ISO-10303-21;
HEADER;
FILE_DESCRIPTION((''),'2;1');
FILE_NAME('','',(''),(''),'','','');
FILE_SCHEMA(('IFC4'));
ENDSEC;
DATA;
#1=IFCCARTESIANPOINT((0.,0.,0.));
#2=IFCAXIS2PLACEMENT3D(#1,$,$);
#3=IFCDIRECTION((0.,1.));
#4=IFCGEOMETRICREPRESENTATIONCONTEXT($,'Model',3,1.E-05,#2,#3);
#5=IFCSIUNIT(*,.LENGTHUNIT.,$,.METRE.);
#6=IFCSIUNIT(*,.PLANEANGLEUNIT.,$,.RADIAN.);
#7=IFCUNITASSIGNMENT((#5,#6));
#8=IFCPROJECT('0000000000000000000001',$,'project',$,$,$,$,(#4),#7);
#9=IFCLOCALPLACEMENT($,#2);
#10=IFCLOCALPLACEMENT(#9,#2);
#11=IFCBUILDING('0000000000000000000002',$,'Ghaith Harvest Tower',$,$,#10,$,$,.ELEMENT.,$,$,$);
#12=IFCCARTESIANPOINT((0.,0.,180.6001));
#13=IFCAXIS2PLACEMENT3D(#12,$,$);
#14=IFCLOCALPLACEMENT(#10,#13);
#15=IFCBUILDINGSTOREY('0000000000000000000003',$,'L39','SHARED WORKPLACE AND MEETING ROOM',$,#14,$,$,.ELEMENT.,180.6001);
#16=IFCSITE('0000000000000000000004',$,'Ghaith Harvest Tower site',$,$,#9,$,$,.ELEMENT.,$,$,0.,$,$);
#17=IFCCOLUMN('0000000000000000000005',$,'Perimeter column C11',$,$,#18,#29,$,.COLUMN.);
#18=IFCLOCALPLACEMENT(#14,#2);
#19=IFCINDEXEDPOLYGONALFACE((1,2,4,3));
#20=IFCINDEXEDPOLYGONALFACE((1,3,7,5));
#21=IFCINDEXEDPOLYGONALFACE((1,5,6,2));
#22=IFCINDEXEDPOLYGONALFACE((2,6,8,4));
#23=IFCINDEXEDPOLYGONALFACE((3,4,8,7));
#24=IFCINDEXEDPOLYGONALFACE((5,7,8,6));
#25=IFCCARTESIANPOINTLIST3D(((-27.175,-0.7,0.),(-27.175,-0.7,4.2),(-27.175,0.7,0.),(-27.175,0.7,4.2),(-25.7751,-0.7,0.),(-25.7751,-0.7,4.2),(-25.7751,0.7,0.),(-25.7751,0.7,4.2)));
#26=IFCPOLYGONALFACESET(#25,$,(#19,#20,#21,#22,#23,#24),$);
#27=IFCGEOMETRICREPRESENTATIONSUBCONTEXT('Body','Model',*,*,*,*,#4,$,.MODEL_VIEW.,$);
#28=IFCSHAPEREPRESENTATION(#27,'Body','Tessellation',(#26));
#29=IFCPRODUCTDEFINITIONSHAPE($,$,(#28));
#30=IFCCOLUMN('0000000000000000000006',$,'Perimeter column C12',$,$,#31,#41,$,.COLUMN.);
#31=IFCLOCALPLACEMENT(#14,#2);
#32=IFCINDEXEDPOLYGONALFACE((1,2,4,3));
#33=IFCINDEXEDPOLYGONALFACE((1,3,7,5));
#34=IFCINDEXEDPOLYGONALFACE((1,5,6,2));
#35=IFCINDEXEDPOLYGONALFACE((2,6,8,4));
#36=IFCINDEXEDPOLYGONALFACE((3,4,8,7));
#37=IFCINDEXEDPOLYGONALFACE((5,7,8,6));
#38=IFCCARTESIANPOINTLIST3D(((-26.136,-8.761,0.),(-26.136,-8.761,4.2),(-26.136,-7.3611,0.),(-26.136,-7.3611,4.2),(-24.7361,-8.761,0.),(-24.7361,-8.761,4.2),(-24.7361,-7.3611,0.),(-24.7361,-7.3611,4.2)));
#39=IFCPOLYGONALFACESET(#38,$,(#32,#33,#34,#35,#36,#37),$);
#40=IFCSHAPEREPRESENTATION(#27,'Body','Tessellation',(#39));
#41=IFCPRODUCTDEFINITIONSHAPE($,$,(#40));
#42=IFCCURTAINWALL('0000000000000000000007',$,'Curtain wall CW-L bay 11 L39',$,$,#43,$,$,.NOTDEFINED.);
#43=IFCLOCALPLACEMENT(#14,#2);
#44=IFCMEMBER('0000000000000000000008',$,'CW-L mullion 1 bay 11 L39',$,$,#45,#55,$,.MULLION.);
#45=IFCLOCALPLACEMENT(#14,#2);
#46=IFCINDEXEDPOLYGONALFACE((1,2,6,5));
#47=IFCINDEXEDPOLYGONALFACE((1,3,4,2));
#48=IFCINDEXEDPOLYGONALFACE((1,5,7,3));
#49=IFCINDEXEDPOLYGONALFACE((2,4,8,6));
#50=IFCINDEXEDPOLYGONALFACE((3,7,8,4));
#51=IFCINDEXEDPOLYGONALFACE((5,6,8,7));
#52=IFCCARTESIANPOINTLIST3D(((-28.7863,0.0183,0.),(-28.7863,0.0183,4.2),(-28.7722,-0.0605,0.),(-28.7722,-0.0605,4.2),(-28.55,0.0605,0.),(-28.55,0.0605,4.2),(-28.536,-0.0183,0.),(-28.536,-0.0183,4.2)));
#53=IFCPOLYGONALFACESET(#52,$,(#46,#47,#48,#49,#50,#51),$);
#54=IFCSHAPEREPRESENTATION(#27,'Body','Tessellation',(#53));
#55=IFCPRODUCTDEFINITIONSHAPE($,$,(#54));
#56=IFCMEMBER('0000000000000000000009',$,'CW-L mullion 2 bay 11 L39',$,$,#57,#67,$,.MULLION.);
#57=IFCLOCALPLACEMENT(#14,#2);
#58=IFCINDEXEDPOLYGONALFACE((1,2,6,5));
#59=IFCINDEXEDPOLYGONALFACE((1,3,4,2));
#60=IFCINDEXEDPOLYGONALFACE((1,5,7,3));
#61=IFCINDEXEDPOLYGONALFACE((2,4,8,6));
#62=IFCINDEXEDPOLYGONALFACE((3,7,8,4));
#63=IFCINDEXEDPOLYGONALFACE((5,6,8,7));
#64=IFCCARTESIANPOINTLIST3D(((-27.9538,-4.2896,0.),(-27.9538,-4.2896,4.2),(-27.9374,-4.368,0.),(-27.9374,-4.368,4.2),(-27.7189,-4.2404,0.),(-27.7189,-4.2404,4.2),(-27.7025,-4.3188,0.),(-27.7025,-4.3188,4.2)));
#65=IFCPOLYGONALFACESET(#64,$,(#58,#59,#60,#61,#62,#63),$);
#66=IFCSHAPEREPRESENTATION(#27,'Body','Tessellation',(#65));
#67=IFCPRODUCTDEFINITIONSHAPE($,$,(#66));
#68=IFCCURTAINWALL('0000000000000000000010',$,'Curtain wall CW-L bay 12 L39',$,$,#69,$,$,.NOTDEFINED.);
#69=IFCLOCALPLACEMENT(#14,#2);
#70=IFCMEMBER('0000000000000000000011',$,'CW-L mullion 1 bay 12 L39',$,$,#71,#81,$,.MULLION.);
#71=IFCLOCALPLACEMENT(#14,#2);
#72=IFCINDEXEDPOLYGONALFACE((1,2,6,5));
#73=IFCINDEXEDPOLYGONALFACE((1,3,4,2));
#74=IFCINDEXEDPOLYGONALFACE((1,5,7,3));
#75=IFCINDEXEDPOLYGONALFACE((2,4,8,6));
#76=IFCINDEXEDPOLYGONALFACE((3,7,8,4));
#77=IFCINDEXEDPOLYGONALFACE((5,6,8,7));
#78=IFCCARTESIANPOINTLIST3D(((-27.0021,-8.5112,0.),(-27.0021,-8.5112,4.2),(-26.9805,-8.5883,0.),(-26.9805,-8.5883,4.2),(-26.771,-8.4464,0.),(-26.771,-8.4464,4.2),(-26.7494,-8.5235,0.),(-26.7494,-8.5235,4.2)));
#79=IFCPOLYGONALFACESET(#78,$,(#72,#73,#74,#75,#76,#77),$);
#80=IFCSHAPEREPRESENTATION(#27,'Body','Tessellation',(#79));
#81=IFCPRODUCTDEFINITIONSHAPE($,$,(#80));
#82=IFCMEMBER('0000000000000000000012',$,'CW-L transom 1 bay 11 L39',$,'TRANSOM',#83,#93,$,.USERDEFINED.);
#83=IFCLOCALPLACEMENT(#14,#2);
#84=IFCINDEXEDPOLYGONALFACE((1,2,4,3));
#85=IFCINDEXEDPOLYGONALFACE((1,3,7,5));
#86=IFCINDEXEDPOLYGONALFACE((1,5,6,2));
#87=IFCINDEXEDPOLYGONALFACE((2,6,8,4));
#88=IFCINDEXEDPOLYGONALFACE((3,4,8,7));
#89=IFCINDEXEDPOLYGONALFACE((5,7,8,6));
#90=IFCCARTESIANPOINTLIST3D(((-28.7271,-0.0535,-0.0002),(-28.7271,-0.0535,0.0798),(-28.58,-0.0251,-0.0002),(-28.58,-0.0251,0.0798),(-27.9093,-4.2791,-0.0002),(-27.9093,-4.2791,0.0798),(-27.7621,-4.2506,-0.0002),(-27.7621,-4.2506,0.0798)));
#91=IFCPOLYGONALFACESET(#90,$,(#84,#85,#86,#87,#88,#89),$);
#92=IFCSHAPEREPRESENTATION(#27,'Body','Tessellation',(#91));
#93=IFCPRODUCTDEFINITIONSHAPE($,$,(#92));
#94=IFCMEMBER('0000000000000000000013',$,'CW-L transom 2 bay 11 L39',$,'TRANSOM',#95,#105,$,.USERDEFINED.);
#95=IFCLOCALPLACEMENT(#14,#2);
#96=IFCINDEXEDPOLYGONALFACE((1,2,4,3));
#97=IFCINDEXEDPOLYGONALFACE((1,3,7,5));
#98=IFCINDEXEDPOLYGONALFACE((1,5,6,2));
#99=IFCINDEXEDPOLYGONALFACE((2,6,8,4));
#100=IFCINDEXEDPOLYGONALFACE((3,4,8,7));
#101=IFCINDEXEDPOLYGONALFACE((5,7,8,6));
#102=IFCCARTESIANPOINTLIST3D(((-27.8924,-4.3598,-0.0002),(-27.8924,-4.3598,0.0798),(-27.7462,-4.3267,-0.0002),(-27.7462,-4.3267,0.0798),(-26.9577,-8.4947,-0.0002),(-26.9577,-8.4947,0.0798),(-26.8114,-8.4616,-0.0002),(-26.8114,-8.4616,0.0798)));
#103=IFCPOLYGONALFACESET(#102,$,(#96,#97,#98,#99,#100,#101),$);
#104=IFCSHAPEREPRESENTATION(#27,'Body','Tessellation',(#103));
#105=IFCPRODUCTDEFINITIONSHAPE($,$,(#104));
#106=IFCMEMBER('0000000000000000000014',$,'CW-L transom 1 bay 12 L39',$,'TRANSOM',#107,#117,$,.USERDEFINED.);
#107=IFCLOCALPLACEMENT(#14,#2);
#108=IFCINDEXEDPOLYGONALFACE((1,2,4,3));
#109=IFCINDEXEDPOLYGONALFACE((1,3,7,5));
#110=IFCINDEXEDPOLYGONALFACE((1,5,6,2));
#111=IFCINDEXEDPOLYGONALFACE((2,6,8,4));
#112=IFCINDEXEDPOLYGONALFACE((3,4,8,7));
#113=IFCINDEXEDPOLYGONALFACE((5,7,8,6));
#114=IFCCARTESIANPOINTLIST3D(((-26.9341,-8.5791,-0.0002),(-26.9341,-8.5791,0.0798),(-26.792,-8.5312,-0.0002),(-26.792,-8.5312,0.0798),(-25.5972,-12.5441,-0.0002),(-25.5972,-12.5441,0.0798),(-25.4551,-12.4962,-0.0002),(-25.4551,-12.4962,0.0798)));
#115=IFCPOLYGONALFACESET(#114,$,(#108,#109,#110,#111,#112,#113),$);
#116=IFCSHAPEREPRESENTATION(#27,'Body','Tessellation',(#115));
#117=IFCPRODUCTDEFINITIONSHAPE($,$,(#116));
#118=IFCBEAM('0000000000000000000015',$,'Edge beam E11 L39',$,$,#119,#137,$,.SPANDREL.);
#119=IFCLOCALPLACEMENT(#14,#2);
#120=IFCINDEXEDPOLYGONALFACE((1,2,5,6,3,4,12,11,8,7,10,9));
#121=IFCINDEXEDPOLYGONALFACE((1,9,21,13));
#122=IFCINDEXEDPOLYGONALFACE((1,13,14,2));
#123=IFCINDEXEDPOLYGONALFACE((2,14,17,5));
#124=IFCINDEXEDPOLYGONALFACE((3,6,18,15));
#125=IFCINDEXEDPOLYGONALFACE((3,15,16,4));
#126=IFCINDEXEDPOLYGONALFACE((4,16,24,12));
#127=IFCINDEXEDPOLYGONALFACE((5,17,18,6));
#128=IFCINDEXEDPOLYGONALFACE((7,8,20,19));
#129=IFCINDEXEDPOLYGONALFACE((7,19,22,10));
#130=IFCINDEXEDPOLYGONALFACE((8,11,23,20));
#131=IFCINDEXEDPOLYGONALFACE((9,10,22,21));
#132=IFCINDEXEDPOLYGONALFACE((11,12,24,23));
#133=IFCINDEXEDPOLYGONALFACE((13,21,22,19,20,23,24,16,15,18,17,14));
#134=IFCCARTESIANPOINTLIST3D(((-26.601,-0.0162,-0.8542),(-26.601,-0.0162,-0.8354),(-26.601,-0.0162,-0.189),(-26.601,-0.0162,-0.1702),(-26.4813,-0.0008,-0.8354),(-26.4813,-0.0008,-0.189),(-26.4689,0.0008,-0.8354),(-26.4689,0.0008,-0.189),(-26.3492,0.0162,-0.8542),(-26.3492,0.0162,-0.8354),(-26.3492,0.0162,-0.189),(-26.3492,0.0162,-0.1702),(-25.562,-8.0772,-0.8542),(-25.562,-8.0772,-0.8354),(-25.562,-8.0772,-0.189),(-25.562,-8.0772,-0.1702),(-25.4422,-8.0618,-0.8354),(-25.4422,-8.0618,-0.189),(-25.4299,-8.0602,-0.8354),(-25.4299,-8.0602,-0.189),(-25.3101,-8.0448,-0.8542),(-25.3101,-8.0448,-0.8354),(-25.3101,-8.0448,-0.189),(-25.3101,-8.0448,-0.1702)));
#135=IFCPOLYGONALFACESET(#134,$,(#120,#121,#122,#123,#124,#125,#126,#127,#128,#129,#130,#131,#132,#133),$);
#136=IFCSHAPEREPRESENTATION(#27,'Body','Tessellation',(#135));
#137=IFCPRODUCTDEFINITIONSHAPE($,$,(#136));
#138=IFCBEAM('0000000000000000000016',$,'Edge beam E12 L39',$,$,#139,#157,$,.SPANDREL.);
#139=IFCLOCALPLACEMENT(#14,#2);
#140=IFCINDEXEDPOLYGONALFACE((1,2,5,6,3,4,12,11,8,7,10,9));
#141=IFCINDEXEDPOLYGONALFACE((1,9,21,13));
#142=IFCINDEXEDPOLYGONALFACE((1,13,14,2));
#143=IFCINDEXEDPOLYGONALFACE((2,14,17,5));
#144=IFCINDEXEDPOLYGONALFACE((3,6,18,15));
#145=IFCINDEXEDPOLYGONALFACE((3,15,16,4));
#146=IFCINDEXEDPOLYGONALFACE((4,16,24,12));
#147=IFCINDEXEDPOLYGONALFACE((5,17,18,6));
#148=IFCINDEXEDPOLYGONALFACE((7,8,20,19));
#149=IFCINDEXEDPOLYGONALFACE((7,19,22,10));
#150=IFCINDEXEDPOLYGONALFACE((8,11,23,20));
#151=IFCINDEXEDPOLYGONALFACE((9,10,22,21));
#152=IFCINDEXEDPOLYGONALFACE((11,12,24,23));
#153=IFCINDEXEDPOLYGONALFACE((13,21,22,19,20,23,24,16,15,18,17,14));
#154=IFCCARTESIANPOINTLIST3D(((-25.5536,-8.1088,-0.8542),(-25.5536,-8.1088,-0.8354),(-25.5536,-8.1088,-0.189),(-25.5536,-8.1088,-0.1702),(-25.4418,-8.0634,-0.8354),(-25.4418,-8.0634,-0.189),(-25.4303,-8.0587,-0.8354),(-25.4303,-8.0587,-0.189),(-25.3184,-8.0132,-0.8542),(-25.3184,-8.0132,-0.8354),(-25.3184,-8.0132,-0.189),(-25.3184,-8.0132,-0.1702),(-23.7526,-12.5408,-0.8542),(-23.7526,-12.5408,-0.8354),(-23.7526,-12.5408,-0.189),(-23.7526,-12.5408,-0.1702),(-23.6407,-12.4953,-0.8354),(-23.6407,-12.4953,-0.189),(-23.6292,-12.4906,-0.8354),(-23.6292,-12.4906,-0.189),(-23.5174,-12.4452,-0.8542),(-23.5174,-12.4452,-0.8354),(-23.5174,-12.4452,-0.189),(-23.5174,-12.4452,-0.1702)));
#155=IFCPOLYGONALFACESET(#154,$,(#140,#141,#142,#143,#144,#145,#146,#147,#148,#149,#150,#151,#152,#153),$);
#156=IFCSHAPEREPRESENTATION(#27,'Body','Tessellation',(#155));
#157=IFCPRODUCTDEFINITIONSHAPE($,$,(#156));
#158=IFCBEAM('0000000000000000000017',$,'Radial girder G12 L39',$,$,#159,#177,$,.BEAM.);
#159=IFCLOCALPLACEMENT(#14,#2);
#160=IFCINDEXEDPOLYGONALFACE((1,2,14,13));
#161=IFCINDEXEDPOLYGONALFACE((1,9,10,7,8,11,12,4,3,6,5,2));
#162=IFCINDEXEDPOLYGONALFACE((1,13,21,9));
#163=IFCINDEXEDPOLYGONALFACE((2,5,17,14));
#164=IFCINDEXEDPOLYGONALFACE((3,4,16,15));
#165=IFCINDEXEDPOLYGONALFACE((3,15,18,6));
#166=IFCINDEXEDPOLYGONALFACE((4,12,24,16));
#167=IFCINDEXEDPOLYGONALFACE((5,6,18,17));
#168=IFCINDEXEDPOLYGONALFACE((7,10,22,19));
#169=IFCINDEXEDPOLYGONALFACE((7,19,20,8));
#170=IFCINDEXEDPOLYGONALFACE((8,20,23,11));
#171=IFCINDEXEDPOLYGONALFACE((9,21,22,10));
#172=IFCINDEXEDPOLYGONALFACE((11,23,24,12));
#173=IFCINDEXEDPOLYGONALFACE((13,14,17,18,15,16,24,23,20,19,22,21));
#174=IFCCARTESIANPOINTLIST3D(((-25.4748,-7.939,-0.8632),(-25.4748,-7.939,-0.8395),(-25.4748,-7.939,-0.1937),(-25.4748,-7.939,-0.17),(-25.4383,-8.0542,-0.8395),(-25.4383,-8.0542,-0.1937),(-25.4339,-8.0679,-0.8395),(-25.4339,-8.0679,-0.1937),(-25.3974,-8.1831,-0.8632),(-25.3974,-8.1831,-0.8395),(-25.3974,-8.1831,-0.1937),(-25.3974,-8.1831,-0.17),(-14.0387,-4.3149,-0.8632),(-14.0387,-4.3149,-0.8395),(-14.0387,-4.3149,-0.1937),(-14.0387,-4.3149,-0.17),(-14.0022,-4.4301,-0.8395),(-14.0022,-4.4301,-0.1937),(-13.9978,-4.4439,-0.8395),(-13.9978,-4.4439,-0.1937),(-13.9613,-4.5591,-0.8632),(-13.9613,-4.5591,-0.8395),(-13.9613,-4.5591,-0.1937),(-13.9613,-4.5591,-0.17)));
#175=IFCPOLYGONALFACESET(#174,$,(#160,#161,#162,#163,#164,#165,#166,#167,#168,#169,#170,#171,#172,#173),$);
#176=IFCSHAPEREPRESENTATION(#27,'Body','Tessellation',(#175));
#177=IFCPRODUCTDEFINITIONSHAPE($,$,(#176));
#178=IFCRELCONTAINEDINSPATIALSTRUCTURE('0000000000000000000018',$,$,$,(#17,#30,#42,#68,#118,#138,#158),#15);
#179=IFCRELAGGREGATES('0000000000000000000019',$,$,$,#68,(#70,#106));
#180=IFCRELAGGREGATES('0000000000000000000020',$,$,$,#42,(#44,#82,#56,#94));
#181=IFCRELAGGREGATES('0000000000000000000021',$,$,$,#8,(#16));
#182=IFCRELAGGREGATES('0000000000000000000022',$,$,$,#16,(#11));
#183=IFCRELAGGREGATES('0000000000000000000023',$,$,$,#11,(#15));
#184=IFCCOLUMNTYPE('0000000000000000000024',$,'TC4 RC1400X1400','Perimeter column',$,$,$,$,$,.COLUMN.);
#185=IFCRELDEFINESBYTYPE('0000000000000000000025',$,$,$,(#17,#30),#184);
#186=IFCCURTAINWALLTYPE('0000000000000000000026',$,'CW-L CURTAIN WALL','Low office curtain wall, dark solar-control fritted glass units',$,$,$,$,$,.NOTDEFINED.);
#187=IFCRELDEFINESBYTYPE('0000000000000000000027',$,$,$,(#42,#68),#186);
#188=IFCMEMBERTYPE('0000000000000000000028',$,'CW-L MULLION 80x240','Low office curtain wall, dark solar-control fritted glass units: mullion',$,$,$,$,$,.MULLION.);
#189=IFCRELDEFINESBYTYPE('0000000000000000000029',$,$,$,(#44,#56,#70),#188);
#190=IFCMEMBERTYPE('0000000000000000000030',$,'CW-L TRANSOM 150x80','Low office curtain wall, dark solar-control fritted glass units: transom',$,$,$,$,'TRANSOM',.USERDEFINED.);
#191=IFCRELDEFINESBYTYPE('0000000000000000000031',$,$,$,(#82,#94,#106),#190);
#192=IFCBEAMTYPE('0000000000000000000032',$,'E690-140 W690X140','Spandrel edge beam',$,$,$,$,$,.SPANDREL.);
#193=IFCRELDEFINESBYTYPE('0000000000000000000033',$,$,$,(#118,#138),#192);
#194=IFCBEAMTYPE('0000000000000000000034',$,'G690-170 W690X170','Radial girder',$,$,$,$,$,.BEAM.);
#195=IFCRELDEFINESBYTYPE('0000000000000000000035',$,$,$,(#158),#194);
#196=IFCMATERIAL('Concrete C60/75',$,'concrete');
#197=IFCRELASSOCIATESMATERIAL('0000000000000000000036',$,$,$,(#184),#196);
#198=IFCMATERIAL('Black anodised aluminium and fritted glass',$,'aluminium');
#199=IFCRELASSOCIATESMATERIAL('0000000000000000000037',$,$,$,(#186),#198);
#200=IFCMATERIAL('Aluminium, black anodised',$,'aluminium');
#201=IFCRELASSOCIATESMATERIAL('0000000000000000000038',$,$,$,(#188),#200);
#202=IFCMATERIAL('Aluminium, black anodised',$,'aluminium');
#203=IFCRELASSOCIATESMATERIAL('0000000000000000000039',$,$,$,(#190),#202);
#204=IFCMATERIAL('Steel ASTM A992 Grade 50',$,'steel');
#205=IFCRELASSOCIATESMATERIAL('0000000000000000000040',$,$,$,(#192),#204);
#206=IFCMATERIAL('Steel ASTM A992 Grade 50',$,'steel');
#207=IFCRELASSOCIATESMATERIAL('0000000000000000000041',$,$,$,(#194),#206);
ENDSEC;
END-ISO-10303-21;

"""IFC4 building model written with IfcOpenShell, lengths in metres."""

from ifc_helpers import new_model, si_unit, direction, frame, origin, origin_2d, place, context, subcontext, project, spatial, rectangle, i_section, extrude, material, material_profile, profile_set, type_object, element, aggregate, save


model = new_model("IFC4")

# Units and contexts
model_context = context("Model", 3, precision=1e-05, world=origin(), true_north=direction((0.0, 1.0)))
body_context = subcontext(model_context, "Body", "Model", "MODEL_VIEW")
ifc_project = project(units=[si_unit("LENGTHUNIT", "METRE"), si_unit("PLANEANGLEUNIT", "RADIAN")], contexts=[model_context])

# Site, building, storey
site_placement = place(None, origin())
site = spatial("IfcSite", under=ifc_project, at=site_placement, Name="Ghaith Harvest Tower site", CompositionType="ELEMENT", RefElevation=0.0)
building_placement = place(site_placement, origin())
building = spatial("IfcBuilding", under=site, at=building_placement, Name="Ghaith Harvest Tower", CompositionType="ELEMENT")
storey_placement = place(building_placement, frame((0.0, 0.0, 180.6001)))
storey = spatial("IfcBuildingStorey", under=building, at=storey_placement, Name="L39", Description="SHARED WORKPLACE AND MEETING ROOM", CompositionType="ELEMENT", Elevation=180.6001)

# Columns
ifc_material_1 = material(Name="Concrete C60/75", Category="concrete")
ifc_material_profile_1 = material_profile(ifc_material_1, rectangle(XDim=1.3999, YDim=1.3999, at=origin_2d()), Name="RC1400X1400")
ifc_profile_set_1 = profile_set([ifc_material_profile_1], Name="Concrete C60/75")
column_type = type_object("IfcColumnType", Name="TC4 RC1400X1400", Description="Perimeter column", PredefinedType="COLUMN", material=ifc_profile_set_1)
for number, where, z_axis, x_axis, name in (
    (1, (-26.4751, 0.0, 0.0), (0.0, 0.0, 1.0), (1.0, 0.0, 0.0), "Perimeter column C11"),
    (2, (-25.436, -8.061, 0.0), (0.0, 0.0, 1.0), (1.0, 0.0, 0.0), "Perimeter column C12"),
):
    element("IfcColumn", number, at=place(storey_placement, frame(where, z_axis=z_axis, x_axis=x_axis)), inside=storey, type_object=column_type, Name=name, PredefinedType="COLUMN", context=body_context, shape_type="SweptSolid", body=[
        extrude(rectangle(XDim=1.3999, YDim=1.3999, at=origin_2d()), origin(), (0.0, 0.0, 1.0), 4.2),
    ])

# Curtain wall, members
ifc_material_2 = material(Name="Black anodised aluminium and fritted glass", Category="aluminium")
curtain_wall_type = type_object("IfcCurtainWallType", Name="CW-L CURTAIN WALL", Description="Low office curtain wall, dark solar-control fritted glass units", PredefinedType="NOTDEFINED", material=ifc_material_2)
curtain_wall_1_placement = place(storey_placement, origin())
curtain_wall_1 = element("IfcCurtainWall", 3, at=curtain_wall_1_placement, inside=storey, type_object=curtain_wall_type, Name="Curtain wall CW-L bay 11 L39", PredefinedType="NOTDEFINED")
ifc_material_3 = material(Name="Aluminium, black anodised", Category="aluminium")
ifc_material_profile_2 = material_profile(ifc_material_3, rectangle(XDim=0.0801, YDim=0.24, at=origin_2d()), Name="CW-L MULLION 80x240")
ifc_profile_set_2 = profile_set([ifc_material_profile_2], Name="Aluminium, black anodised")
member_type_1 = type_object("IfcMemberType", Name="CW-L MULLION 80x240", Description="Low office curtain wall, dark solar-control fritted glass units: mullion", PredefinedType="MULLION", material=ifc_profile_set_2)
member_1_placement = place(storey_placement, frame((-28.6611, 0.0, 0.0), z_axis=(0.0, 0.0, 1.0), x_axis=(0.175827, -0.984421, 0.0)))
member_1 = element("IfcMember", 4, at=member_1_placement, type_object=member_type_1, Name="CW-L mullion 1 bay 11 L39", PredefinedType="MULLION", context=body_context, shape_type="SweptSolid", body=[
    extrude(rectangle(XDim=0.0801, YDim=0.24, at=origin_2d()), origin(), (0.0, 0.0, 1.0), 4.2),
])
member_2_placement = place(storey_placement, frame((-27.8281, -4.3042, 0.0), z_axis=(0.0, 0.0, 1.0), x_axis=(0.205176, -0.978725, 0.0)))
member_2 = element("IfcMember", 5, at=member_2_placement, type_object=member_type_1, Name="CW-L mullion 2 bay 11 L39", PredefinedType="MULLION", context=body_context, shape_type="SweptSolid", body=[
    extrude(rectangle(XDim=0.0801, YDim=0.24, at=origin_2d()), origin(), (0.0, 0.0, 1.0), 4.2),
])

# Curtain wall, member
curtain_wall_2_placement = place(storey_placement, origin())
curtain_wall_2 = element("IfcCurtainWall", 6, at=curtain_wall_2_placement, inside=storey, type_object=curtain_wall_type, Name="Curtain wall CW-L bay 12 L39", PredefinedType="NOTDEFINED")
member_3_placement = place(storey_placement, frame((-26.8757, -8.5173, 0.0), z_axis=(0.0, 0.0, 1.0), x_axis=(0.270019, -0.962855, 0.0)))
member_3 = element("IfcMember", 7, at=member_3_placement, type_object=member_type_1, Name="CW-L mullion 1 bay 12 L39", PredefinedType="MULLION", context=body_context, shape_type="SweptSolid", body=[
    extrude(rectangle(XDim=0.0801, YDim=0.24, at=origin_2d()), origin(), (0.0, 0.0, 1.0), 4.2),
])

# Members
ifc_material_4 = material(Name="Aluminium, black anodised", Category="aluminium")
ifc_material_profile_3 = material_profile(ifc_material_4, rectangle(XDim=0.1499, YDim=0.0801, at=origin_2d()), Name="CW-L TRANSOM 150x80")
ifc_profile_set_3 = profile_set([ifc_material_profile_3], Name="Aluminium, black anodised")
member_type_2 = type_object("IfcMemberType", Name="CW-L TRANSOM 150x80", Description="Low office curtain wall, dark solar-control fritted glass units: transom", ElementType="TRANSOM", PredefinedType="USERDEFINED", material=ifc_profile_set_3)
member_4_placement = place(storey_placement, frame((-28.6536, -0.0393, 0.0398), z_axis=(0.190025, -0.981779, 0.0), x_axis=(0.981779, 0.190025, 0.0)))
member_4 = element("IfcMember", 8, at=member_4_placement, type_object=member_type_2, Name="CW-L transom 1 bay 11 L39", ObjectType="TRANSOM", PredefinedType="USERDEFINED", context=body_context, shape_type="SweptSolid", body=[
    extrude(rectangle(XDim=0.1499, YDim=0.0801, at=origin_2d()), origin(), (0.0, 0.0, 1.0), 4.304),
])
member_5_placement = place(storey_placement, frame((-27.8193, -4.3433, 0.0398), z_axis=(0.220508, -0.975385, 0.0), x_axis=(0.975385, 0.220508, 0.0)))
member_5 = element("IfcMember", 9, at=member_5_placement, type_object=member_type_2, Name="CW-L transom 2 bay 11 L39", ObjectType="TRANSOM", PredefinedType="USERDEFINED", context=body_context, shape_type="SweptSolid", body=[
    extrude(rectangle(XDim=0.1499, YDim=0.0801, at=origin_2d()), origin(), (0.0, 0.0, 1.0), 4.2393),
])
member_6_placement = place(storey_placement, frame((-26.863, -8.5552, 0.0398), z_axis=(0.319499, -0.947587, 0.0), x_axis=(0.947587, 0.319499, 0.0)))
member_6 = element("IfcMember", 10, at=member_6_placement, type_object=member_type_2, Name="CW-L transom 1 bay 12 L39", ObjectType="TRANSOM", PredefinedType="USERDEFINED", context=body_context, shape_type="SweptSolid", body=[
    extrude(rectangle(XDim=0.1499, YDim=0.0801, at=origin_2d()), origin(), (0.0, 0.0, 1.0), 4.1843),
])
aggregate(curtain_wall_2, [member_3, member_6])

# Beams
ifc_material_5 = material(Name="Steel ASTM A992 Grade 50", Category="steel")
ifc_material_profile_4 = material_profile(ifc_material_5, i_section(OverallWidth=0.2539, OverallDepth=0.6841, WebThickness=0.0125, FlangeThickness=0.0188, at=origin_2d()), Name="W690X140")
ifc_profile_set_4 = profile_set([ifc_material_profile_4], Name="Steel ASTM A992 Grade 50")
beam_type_1 = type_object("IfcBeamType", Name="E690-140 W690X140", Description="Spandrel edge beam", PredefinedType="SPANDREL", material=ifc_profile_set_4)
beam_1_placement = place(storey_placement, frame((-26.4751, 0.0, -0.5122), z_axis=(0.127842, -0.991795, 0.0), x_axis=(0.991795, 0.127842, 0.0)))
element("IfcBeam", 11, at=beam_1_placement, inside=storey, type_object=beam_type_1, Name="Edge beam E11 L39", PredefinedType="SPANDREL", context=body_context, shape_type="SweptSolid", body=[
    extrude(i_section(OverallWidth=0.2539, OverallDepth=0.6841, WebThickness=0.0125, FlangeThickness=0.0188, at=origin_2d()), origin(), (0.0, 0.0, 1.0), 8.1277),
])
beam_2_placement = place(storey_placement, frame((-25.436, -8.061, -0.5122), z_axis=(0.37648, -0.926425, 0.0), x_axis=(0.926425, 0.37648, 0.0)))
element("IfcBeam", 12, at=beam_2_placement, inside=storey, type_object=beam_type_1, Name="Edge beam E12 L39", PredefinedType="SPANDREL", context=body_context, shape_type="SweptSolid", body=[
    extrude(i_section(OverallWidth=0.2539, OverallDepth=0.6841, WebThickness=0.0125, FlangeThickness=0.0188, at=origin_2d()), origin(), (0.0, 0.0, 1.0), 4.7839),
])
ifc_material_6 = material(Name="Steel ASTM A992 Grade 50", Category="steel")
ifc_material_profile_5 = material_profile(ifc_material_6, i_section(OverallWidth=0.2561, OverallDepth=0.6931, WebThickness=0.0144, FlangeThickness=0.0237, at=origin_2d()), Name="W690X170")
ifc_profile_set_5 = profile_set([ifc_material_profile_5], Name="Steel ASTM A992 Grade 50")
beam_type_2 = type_object("IfcBeamType", Name="G690-170 W690X170", Description="Radial girder", PredefinedType="BEAM", material=ifc_profile_set_5)
beam_3_placement = place(storey_placement, frame((-14.0, -4.437, -0.5166), z_axis=(-0.95328, -0.30209, 0.0), x_axis=(0.30209, -0.95328, 0.0)))
element("IfcBeam", 13, at=beam_3_placement, inside=storey, type_object=beam_type_2, Name="Radial girder G12 L39", PredefinedType="BEAM", context=body_context, shape_type="SweptSolid", body=[
    extrude(i_section(OverallWidth=0.2561, OverallDepth=0.6931, WebThickness=0.0144, FlangeThickness=0.0237, at=origin_2d()), origin(), (0.0, 0.0, 1.0), 11.9966),
])

aggregate(curtain_wall_1, [member_1, member_4, member_2, member_5])

save(model, "model.ifc")
